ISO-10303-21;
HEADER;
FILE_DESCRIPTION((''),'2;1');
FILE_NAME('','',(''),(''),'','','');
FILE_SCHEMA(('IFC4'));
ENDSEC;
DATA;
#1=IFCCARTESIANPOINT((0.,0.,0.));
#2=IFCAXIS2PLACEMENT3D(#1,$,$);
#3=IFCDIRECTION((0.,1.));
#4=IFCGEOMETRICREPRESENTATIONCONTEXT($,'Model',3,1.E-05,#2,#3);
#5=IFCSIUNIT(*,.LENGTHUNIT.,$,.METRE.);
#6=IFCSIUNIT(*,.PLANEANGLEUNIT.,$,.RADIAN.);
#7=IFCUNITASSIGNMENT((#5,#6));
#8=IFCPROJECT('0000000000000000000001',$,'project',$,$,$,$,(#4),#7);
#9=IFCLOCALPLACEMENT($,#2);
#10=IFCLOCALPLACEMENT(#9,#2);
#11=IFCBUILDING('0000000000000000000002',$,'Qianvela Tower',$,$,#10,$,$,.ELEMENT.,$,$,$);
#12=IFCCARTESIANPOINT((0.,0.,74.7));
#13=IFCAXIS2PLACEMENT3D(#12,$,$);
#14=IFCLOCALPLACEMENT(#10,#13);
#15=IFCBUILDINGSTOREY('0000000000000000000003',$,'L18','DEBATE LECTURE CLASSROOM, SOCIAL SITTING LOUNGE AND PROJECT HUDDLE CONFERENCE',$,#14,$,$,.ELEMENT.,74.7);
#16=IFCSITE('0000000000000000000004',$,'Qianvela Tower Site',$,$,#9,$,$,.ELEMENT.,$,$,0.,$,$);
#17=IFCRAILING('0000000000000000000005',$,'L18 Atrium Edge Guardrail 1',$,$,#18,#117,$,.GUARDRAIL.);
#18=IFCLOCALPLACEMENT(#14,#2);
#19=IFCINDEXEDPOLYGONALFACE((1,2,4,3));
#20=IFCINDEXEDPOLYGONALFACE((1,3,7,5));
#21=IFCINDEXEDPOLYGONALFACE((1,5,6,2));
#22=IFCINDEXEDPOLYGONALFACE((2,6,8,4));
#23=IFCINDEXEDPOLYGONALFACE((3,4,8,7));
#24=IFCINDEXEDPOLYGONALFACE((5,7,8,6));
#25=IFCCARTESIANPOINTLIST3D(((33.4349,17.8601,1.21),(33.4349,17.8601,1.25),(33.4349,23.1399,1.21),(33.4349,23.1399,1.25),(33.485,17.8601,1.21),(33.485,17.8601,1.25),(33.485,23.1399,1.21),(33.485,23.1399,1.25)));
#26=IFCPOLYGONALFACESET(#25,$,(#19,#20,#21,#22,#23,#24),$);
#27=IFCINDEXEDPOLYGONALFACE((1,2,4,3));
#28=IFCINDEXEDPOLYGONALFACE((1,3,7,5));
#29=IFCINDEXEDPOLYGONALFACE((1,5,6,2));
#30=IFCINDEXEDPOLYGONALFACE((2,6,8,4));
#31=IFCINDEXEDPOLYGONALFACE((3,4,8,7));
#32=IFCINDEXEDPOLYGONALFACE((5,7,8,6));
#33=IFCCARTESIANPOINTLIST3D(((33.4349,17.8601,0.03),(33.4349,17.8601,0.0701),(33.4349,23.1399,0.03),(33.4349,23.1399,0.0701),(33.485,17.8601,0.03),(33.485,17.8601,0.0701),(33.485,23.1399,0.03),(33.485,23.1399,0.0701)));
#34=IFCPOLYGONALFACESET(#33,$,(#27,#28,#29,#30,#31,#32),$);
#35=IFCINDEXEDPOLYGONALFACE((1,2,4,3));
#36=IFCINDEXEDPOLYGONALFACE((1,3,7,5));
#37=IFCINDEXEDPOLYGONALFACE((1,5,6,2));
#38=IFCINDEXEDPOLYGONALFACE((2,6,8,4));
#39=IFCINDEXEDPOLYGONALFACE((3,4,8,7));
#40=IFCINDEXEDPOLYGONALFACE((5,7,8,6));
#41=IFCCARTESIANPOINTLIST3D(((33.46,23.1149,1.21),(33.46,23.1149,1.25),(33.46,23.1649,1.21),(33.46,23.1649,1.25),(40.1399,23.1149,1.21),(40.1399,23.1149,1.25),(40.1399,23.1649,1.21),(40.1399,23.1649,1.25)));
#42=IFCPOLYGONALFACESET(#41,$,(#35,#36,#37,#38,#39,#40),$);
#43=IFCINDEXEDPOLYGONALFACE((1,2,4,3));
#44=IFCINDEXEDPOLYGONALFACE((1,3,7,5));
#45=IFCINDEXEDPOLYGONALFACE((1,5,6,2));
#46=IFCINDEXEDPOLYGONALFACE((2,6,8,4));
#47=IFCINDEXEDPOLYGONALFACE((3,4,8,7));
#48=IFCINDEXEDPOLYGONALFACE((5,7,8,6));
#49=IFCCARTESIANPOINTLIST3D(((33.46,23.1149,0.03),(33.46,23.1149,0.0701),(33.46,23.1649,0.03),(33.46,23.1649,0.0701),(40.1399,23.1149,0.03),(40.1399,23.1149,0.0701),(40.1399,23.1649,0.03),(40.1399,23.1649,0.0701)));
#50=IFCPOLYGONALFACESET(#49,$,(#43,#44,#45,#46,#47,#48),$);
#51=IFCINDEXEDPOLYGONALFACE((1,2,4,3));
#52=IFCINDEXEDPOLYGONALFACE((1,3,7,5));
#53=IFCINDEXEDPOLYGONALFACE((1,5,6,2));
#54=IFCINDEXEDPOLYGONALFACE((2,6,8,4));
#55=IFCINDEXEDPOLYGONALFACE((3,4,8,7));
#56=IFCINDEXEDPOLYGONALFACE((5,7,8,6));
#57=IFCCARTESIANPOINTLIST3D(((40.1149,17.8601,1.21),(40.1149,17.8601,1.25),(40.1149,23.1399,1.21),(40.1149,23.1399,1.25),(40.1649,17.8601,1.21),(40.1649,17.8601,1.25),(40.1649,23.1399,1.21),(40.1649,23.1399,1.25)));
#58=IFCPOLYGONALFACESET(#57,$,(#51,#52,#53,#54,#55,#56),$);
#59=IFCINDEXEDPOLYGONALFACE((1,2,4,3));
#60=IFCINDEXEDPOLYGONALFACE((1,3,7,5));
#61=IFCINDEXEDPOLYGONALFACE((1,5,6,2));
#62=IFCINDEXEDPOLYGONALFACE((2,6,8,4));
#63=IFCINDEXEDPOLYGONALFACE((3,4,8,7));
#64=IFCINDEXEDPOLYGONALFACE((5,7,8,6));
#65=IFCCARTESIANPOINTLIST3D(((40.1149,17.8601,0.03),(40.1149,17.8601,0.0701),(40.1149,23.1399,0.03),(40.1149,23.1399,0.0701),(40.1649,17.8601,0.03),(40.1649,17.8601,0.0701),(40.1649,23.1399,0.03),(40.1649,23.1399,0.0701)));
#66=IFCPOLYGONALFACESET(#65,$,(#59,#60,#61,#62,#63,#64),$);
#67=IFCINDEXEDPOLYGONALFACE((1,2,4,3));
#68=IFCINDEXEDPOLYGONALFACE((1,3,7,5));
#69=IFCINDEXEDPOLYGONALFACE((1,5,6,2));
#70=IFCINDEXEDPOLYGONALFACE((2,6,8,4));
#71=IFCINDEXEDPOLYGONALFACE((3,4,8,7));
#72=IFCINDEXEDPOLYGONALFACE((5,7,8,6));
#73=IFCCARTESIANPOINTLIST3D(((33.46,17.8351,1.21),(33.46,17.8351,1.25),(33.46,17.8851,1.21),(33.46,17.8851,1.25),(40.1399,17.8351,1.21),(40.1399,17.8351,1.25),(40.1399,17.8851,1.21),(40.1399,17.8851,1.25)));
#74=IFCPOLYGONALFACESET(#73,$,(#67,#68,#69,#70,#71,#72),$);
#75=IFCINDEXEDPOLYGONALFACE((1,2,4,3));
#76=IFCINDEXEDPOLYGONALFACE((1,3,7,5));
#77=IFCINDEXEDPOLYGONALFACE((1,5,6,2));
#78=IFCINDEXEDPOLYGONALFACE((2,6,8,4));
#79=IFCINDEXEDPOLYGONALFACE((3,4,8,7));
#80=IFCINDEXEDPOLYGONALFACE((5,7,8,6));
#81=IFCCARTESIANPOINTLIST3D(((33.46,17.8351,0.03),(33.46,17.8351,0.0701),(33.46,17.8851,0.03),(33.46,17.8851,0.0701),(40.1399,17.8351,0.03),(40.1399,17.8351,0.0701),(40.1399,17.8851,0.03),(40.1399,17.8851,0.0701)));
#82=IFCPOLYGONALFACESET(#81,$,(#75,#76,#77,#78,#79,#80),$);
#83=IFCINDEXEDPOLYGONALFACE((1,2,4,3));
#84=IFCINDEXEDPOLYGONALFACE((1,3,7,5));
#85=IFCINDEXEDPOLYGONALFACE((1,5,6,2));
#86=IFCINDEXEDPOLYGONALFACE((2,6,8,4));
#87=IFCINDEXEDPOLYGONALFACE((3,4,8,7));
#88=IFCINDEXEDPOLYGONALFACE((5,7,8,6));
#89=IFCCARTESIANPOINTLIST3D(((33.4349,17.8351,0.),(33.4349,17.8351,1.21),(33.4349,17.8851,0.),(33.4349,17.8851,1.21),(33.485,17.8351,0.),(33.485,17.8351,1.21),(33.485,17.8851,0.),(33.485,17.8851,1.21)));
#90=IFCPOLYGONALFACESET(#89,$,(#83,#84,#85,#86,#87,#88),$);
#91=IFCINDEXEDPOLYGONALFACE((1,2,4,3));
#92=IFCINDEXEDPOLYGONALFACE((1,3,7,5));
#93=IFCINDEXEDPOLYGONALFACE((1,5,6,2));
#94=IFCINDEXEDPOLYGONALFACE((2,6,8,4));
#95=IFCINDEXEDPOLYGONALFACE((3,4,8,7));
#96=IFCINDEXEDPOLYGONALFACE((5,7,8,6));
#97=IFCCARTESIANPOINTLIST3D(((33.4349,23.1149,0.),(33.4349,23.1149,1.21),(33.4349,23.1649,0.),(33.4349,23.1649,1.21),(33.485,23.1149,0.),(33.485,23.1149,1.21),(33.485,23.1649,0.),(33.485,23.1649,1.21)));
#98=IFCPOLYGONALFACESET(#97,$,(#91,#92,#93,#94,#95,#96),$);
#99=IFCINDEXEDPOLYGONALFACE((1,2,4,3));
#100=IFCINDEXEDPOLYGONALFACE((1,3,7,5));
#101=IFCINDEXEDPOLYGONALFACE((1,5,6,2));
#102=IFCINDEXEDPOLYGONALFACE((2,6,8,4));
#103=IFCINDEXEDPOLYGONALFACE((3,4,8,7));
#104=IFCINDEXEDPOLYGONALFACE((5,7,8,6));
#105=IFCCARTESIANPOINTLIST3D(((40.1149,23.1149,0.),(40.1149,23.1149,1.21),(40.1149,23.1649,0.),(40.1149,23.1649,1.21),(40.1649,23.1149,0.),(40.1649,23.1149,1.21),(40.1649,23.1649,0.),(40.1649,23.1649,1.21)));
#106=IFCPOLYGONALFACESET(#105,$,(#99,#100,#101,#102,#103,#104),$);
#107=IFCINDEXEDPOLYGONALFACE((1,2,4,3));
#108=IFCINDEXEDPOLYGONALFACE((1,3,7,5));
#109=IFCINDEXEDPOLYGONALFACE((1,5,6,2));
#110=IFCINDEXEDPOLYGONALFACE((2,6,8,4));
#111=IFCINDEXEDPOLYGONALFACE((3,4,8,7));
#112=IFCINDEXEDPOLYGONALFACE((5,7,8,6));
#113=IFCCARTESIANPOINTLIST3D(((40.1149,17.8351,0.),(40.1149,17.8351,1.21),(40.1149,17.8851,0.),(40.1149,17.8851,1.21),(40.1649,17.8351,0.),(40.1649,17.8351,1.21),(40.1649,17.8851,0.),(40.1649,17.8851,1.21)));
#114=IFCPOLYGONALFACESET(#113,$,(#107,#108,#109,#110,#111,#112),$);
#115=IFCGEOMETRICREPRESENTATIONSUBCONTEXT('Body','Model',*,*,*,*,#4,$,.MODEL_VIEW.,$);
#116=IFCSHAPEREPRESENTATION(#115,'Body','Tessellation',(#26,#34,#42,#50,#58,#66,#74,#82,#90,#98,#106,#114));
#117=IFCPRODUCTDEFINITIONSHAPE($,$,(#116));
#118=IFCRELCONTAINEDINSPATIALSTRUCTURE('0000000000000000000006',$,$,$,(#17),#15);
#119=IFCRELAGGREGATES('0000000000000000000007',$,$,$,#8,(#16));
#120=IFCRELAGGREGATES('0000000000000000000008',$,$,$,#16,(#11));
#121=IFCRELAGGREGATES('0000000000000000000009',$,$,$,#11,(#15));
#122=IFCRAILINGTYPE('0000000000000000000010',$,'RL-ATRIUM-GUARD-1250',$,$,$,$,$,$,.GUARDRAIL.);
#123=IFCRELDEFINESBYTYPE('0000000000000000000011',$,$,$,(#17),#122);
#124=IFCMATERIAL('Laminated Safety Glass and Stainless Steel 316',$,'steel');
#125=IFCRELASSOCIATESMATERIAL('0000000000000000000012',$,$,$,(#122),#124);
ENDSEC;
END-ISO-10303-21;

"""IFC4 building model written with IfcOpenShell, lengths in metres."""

from ifc_helpers import new_model, si_unit, direction, frame, origin, origin_2d, place, context, subcontext, project, spatial, rectangle, extrude, material, type_object, element, save


model = new_model("IFC4")

# Units and contexts
model_context = context("Model", 3, precision=1e-05, world=origin(), true_north=direction((0.0, 1.0)))
body_context = subcontext(model_context, "Body", "Model", "MODEL_VIEW")
ifc_project = project(units=[si_unit("LENGTHUNIT", "METRE"), si_unit("PLANEANGLEUNIT", "RADIAN")], contexts=[model_context])

# Site, building, storey
site_placement = place(None, origin())
site = spatial("IfcSite", under=ifc_project, at=site_placement, Name="Qianvela Tower Site", CompositionType="ELEMENT", RefElevation=0.0)
building_placement = place(site_placement, origin())
building = spatial("IfcBuilding", under=site, at=building_placement, Name="Qianvela Tower", CompositionType="ELEMENT")
storey_placement = place(building_placement, frame((0.0, 0.0, 74.7)))
storey = spatial("IfcBuildingStorey", under=building, at=storey_placement, Name="L18", Description="DEBATE LECTURE CLASSROOM, SOCIAL SITTING LOUNGE AND PROJECT HUDDLE CONFERENCE", CompositionType="ELEMENT", Elevation=74.7)

# Railing
ifc_material_1 = material(Name="Laminated Safety Glass and Stainless Steel 316", Category="steel")
railing_type = type_object("IfcRailingType", Name="RL-ATRIUM-GUARD-1250", PredefinedType="GUARDRAIL", material=ifc_material_1)
railing_placement = place(storey_placement, frame((33.46, 17.8601, 0.0)))
element("IfcRailing", 1, at=railing_placement, inside=storey, type_object=railing_type, Name="L18 Atrium Edge Guardrail 1", PredefinedType="GUARDRAIL", context=body_context, shape_type="SweptSolid", body=[
    extrude(rectangle(XDim=0.05, YDim=0.04, at=origin_2d()), frame((0.0, 0.0, 1.23), z_axis=(0.0, 1.0, 0.0), x_axis=(-1.0, 0.0, 0.0)), (0.0, 0.0, 1.0), 5.2798),
    extrude(rectangle(XDim=0.05, YDim=0.04, at=origin_2d()), frame((0.0, 0.0, 0.05), z_axis=(0.0, 1.0, 0.0), x_axis=(-1.0, 0.0, 0.0)), (0.0, 0.0, 1.0), 5.2798),
    extrude(rectangle(XDim=0.05, YDim=0.04, at=origin_2d()), frame((0.0, 5.2798, 1.23), z_axis=(1.0, 0.0, 0.0), x_axis=(0.0, 1.0, 0.0)), (0.0, 0.0, 1.0), 6.6799),
    extrude(rectangle(XDim=0.05, YDim=0.04, at=origin_2d()), frame((0.0, 5.2798, 0.05), z_axis=(1.0, 0.0, 0.0), x_axis=(0.0, 1.0, 0.0)), (0.0, 0.0, 1.0), 6.6799),
    extrude(rectangle(XDim=0.05, YDim=0.04, at=origin_2d()), frame((6.6799, 5.2798, 1.23), z_axis=(0.0, -1.0, 0.0), x_axis=(1.0, 0.0, 0.0)), (0.0, 0.0, 1.0), 5.2798),
    extrude(rectangle(XDim=0.05, YDim=0.04, at=origin_2d()), frame((6.6799, 5.2798, 0.05), z_axis=(0.0, -1.0, 0.0), x_axis=(1.0, 0.0, 0.0)), (0.0, 0.0, 1.0), 5.2798),
    extrude(rectangle(XDim=0.05, YDim=0.04, at=origin_2d()), frame((6.6799, 0.0, 1.23), z_axis=(-1.0, 0.0, 0.0), x_axis=(0.0, -1.0, 0.0)), (0.0, 0.0, 1.0), 6.6799),
    extrude(rectangle(XDim=0.05, YDim=0.04, at=origin_2d()), frame((6.6799, 0.0, 0.05), z_axis=(-1.0, 0.0, 0.0), x_axis=(0.0, -1.0, 0.0)), (0.0, 0.0, 1.0), 6.6799),
    extrude(rectangle(XDim=0.05, YDim=0.05, at=origin_2d()), origin(), (0.0, 0.0, 1.0), 1.21),
    extrude(rectangle(XDim=0.05, YDim=0.05, at=origin_2d()), frame((0.0, 5.2798, 0.0)), (0.0, 0.0, 1.0), 1.21),
    extrude(rectangle(XDim=0.05, YDim=0.05, at=origin_2d()), frame((6.6799, 5.2798, 0.0)), (0.0, 0.0, 1.0), 1.21),
    extrude(rectangle(XDim=0.05, YDim=0.05, at=origin_2d()), frame((6.6799, 0.0, 0.0)), (0.0, 0.0, 1.0), 1.21),
])

save(model, "model.ifc")
